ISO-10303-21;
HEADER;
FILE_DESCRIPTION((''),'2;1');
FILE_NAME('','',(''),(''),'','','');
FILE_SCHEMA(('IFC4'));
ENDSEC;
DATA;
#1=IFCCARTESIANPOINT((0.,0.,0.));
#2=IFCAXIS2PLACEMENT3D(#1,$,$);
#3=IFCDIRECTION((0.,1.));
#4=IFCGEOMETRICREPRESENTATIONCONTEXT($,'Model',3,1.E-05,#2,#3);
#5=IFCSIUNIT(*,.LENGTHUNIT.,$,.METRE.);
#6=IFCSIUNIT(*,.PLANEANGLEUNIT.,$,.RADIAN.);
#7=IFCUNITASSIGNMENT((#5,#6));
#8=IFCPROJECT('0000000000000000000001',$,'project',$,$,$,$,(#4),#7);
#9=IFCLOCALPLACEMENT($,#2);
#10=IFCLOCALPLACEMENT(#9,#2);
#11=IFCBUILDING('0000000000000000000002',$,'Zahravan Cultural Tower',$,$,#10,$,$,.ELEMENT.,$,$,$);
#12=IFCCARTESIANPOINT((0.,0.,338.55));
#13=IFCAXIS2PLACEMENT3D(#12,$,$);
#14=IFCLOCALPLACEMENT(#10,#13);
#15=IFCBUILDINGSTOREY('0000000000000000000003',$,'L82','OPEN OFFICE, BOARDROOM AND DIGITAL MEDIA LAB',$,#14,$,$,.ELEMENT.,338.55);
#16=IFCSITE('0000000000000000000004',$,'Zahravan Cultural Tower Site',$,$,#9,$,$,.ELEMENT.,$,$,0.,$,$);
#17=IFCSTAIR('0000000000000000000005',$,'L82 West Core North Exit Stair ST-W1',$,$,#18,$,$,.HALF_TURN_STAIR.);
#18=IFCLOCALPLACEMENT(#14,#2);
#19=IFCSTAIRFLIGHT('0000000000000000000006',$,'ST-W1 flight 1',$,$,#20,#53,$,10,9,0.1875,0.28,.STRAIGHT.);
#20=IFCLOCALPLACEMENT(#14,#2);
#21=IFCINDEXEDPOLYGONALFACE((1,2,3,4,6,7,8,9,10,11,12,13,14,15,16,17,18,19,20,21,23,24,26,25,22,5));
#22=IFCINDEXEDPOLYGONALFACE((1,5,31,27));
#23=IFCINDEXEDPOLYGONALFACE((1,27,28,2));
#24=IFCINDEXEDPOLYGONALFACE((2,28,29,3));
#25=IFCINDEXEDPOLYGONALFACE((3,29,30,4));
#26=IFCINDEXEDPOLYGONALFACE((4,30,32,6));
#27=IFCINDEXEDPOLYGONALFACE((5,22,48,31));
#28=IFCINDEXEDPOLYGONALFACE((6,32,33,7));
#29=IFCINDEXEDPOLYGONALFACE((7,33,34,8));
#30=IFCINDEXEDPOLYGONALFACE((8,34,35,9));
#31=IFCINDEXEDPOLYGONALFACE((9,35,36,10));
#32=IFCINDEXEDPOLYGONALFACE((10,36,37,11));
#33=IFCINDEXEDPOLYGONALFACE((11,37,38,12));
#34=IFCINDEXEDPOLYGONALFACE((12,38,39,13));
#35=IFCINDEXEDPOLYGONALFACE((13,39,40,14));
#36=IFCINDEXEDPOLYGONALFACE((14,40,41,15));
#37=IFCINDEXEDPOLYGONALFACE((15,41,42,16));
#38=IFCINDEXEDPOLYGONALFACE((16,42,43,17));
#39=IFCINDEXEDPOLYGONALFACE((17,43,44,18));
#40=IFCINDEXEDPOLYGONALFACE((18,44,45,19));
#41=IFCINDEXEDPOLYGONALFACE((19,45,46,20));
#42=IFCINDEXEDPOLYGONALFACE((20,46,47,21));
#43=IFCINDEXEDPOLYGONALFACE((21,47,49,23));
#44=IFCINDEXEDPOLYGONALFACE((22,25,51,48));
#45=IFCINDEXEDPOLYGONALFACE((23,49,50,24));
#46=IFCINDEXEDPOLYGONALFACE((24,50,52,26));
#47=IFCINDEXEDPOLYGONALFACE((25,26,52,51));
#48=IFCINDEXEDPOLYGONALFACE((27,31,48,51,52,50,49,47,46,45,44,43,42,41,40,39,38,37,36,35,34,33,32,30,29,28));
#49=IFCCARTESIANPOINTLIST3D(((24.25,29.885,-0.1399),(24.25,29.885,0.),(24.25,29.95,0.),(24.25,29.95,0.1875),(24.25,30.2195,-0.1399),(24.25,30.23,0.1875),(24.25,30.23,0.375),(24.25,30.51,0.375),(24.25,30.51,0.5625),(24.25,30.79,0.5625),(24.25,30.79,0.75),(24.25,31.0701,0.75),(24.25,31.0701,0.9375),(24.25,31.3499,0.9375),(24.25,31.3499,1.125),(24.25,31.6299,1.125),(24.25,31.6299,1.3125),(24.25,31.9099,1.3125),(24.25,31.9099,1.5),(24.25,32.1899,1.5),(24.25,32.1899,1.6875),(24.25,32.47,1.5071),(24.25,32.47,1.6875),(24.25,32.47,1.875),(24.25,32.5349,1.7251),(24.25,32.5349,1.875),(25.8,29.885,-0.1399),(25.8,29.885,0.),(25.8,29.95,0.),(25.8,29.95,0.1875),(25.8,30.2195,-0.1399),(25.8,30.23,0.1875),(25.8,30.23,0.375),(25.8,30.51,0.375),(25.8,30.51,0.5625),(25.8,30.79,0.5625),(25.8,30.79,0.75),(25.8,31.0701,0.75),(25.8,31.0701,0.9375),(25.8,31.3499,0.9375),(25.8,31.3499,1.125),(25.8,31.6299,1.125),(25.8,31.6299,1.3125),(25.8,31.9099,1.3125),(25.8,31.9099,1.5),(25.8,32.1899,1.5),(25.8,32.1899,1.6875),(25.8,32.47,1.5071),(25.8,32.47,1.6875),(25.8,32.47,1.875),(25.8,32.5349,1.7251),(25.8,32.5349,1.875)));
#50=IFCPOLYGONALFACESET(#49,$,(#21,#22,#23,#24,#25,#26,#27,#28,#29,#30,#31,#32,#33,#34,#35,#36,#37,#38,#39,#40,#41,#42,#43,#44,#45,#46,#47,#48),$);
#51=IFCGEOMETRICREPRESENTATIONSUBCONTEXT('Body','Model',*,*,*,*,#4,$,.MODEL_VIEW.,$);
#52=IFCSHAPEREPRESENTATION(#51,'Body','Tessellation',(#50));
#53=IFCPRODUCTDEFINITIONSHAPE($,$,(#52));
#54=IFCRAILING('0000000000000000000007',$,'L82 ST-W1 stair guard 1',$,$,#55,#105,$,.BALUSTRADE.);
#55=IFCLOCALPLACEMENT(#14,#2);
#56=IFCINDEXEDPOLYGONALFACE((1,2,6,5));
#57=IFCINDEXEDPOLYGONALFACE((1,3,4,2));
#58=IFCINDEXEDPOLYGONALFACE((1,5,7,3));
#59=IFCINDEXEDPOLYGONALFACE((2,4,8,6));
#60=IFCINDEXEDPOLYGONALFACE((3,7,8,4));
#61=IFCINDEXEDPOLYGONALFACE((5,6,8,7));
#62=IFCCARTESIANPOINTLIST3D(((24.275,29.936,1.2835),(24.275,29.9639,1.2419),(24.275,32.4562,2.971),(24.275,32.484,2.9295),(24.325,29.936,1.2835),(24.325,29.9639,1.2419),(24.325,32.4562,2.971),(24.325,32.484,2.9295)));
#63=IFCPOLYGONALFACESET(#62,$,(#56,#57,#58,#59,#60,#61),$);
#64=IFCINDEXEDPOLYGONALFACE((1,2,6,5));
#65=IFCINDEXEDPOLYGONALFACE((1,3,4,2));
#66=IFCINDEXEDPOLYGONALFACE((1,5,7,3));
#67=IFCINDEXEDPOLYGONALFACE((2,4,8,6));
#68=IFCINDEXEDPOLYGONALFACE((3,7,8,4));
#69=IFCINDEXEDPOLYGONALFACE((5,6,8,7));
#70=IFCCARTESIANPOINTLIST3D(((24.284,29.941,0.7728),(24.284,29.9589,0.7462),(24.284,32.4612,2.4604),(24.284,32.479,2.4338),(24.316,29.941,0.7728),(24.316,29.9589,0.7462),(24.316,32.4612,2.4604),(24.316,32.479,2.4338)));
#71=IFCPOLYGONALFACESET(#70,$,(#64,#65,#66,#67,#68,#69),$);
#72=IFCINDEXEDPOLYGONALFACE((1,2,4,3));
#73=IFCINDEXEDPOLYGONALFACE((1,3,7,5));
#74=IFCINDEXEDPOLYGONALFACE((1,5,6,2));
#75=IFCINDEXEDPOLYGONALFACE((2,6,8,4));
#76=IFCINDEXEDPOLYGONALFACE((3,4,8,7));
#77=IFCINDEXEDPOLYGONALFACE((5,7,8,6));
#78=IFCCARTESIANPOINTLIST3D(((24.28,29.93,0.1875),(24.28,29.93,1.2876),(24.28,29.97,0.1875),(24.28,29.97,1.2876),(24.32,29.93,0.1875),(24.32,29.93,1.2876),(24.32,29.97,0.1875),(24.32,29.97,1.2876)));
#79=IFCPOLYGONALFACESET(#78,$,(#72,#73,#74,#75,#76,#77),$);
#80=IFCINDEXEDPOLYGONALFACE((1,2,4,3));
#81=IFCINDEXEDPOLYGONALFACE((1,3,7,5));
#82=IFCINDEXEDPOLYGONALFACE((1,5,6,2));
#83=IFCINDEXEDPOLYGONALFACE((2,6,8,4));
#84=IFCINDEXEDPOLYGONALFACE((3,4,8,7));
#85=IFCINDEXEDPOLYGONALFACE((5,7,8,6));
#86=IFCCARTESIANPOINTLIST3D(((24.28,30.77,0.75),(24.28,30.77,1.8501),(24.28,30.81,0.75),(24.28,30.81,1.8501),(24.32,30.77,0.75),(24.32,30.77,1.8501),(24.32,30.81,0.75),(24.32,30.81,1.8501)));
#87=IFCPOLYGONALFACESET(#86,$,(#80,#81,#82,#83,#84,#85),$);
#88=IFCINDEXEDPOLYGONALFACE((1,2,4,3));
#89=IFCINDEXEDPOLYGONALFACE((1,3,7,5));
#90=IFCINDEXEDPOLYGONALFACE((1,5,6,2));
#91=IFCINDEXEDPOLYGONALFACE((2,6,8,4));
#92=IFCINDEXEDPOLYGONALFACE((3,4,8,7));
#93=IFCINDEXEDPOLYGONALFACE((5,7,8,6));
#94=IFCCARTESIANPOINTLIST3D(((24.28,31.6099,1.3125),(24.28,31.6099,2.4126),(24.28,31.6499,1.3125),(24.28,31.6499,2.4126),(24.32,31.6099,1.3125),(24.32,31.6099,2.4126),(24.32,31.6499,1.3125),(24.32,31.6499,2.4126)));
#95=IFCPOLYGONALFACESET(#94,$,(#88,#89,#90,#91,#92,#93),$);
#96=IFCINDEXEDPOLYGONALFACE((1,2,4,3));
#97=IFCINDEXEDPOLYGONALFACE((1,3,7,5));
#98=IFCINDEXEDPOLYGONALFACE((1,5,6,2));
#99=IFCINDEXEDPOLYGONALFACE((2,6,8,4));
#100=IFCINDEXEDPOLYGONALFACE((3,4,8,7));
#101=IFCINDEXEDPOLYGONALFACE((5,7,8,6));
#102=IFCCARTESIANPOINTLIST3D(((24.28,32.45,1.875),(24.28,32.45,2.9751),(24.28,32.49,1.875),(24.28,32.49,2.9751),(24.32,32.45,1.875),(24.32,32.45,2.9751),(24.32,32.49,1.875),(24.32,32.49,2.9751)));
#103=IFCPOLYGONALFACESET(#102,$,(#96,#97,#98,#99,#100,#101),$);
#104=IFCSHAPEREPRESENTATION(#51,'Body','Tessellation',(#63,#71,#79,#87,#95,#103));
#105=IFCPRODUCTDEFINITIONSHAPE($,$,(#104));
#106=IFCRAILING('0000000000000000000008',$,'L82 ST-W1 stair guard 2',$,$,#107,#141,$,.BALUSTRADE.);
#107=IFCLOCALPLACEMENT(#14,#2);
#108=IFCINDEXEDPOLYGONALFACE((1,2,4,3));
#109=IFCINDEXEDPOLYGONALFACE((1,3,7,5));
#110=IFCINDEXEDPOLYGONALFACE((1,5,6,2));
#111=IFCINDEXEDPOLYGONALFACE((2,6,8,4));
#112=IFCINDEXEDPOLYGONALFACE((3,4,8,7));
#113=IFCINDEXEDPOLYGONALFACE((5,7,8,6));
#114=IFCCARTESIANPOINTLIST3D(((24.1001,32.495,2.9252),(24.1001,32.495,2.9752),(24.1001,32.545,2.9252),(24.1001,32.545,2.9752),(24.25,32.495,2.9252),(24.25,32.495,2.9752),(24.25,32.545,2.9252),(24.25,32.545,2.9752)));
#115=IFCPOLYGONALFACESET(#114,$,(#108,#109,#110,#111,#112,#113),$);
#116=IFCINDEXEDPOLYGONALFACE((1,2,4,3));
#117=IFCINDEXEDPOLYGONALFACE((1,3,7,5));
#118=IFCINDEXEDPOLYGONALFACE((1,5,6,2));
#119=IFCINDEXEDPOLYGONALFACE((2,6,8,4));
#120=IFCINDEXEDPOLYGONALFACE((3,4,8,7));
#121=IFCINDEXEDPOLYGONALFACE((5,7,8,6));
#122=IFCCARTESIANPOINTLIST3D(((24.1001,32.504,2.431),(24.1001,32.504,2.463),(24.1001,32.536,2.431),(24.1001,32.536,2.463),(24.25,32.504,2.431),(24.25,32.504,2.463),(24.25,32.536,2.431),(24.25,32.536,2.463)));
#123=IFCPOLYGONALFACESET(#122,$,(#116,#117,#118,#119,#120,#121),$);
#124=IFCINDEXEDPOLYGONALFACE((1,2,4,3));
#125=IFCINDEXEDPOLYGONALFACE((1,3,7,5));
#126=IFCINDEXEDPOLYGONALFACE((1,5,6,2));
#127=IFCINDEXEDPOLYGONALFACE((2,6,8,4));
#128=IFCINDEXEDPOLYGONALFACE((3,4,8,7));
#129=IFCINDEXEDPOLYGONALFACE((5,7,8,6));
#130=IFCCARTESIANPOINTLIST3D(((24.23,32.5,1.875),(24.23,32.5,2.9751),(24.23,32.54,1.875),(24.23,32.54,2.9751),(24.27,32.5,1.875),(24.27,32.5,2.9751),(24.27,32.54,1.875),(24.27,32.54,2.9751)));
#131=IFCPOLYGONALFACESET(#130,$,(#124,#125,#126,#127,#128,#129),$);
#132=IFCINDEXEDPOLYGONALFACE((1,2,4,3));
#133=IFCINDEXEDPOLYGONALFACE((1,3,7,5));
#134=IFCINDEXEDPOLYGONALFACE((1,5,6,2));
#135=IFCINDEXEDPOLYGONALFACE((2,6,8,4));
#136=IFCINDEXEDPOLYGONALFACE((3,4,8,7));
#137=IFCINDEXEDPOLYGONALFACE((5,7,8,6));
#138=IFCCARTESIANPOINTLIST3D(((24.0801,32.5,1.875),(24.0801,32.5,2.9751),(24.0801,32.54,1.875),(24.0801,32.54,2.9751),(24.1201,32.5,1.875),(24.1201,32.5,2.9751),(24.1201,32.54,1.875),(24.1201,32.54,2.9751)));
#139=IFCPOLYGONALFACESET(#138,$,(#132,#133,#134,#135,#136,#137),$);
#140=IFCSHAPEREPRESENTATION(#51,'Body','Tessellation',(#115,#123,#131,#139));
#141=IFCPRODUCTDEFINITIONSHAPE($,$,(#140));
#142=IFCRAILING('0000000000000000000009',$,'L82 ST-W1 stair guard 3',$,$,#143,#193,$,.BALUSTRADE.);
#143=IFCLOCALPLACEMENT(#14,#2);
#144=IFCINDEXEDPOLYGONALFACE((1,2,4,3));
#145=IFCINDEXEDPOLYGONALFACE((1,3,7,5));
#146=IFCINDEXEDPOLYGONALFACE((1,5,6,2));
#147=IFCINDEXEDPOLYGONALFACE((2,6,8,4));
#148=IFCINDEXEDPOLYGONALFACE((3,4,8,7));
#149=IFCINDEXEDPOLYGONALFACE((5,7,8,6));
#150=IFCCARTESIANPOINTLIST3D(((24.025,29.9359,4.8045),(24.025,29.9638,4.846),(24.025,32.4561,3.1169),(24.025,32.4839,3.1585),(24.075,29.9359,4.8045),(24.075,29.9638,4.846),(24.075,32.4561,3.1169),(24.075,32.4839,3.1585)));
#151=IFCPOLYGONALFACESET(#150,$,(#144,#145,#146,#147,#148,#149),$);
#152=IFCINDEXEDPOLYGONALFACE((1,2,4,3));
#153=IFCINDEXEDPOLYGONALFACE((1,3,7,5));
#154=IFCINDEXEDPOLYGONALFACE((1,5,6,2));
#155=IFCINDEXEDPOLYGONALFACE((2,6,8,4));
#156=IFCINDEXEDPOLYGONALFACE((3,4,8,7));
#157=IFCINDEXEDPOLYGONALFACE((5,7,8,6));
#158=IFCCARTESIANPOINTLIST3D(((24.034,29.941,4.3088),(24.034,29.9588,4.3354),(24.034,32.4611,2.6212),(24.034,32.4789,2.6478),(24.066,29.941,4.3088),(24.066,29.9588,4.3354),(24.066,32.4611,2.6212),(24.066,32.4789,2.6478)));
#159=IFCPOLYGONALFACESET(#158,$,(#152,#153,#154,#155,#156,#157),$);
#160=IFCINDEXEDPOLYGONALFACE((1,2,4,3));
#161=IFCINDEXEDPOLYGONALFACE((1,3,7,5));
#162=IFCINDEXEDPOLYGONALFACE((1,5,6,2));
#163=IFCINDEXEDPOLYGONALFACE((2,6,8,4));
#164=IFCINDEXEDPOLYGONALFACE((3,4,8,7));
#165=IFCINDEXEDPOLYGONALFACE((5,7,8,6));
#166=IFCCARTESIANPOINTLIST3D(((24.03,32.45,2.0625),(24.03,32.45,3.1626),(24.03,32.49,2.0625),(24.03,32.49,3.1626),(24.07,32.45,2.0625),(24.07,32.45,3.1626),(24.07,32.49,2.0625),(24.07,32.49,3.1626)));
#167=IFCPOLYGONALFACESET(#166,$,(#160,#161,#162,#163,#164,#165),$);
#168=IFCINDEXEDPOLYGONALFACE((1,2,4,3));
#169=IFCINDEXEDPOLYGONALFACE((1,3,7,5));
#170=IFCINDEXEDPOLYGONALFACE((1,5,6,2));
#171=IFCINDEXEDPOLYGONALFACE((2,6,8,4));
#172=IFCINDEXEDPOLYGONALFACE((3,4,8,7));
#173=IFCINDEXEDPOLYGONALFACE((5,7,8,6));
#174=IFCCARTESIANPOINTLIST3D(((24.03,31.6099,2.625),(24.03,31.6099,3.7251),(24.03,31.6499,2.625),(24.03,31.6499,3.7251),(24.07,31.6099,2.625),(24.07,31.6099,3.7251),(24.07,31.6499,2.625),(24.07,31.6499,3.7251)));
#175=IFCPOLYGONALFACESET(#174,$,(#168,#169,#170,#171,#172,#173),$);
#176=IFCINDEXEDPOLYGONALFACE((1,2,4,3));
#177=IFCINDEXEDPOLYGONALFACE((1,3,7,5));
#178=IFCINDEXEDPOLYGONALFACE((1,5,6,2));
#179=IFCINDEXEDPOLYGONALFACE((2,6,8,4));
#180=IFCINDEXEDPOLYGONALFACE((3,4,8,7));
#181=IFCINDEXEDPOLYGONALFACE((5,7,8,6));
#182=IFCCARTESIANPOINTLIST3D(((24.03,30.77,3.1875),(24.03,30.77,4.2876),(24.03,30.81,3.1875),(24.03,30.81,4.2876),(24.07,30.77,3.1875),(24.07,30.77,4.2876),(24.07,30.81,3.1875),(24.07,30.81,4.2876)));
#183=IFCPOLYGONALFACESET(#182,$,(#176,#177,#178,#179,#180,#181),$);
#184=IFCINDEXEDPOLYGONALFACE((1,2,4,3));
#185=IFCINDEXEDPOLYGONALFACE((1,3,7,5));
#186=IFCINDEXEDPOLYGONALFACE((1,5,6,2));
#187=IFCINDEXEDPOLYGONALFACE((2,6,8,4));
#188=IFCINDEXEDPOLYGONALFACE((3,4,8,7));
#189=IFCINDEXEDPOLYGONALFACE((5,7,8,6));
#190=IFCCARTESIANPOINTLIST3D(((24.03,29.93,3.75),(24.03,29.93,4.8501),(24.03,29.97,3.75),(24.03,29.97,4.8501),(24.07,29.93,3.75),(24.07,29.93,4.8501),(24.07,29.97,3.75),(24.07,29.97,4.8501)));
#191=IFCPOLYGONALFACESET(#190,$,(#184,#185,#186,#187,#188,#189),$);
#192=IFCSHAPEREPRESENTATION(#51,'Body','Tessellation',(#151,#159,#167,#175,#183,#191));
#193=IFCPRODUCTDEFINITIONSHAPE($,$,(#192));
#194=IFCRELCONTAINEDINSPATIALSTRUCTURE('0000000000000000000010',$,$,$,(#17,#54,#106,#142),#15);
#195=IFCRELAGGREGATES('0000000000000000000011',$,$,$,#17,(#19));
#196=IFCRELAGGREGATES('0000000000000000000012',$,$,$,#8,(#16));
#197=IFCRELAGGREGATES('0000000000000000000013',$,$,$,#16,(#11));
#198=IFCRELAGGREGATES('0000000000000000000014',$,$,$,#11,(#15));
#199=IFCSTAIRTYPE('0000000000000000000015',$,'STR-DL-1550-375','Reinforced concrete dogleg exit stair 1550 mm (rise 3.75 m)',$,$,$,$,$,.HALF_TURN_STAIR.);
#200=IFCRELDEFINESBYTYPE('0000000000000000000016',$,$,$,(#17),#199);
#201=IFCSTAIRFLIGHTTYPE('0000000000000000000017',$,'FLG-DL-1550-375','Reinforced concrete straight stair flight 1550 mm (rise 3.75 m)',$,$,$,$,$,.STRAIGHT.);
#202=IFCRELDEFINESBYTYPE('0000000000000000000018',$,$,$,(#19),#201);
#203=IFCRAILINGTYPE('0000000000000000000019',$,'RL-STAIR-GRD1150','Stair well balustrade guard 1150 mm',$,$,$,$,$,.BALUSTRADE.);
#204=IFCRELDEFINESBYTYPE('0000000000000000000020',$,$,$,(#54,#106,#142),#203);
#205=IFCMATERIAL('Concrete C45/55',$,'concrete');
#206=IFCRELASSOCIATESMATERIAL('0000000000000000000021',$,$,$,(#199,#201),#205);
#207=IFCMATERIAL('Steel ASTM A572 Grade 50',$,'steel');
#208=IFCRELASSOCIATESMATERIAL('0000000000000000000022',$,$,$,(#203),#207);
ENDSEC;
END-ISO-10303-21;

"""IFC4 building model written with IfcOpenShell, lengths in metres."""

from ifc_helpers import new_model, si_unit, direction, frame, origin, origin_2d, place, context, subcontext, project, spatial, polyline, rectangle, outline, extrude, material, type_object, element, aggregate, save


model = new_model("IFC4")

# Units and contexts
model_context = context("Model", 3, precision=1e-05, world=origin(), true_north=direction((0.0, 1.0)))
body_context = subcontext(model_context, "Body", "Model", "MODEL_VIEW")
ifc_project = project(units=[si_unit("LENGTHUNIT", "METRE"), si_unit("PLANEANGLEUNIT", "RADIAN")], contexts=[model_context])

# Site, building, storey
site_placement = place(None, origin())
site = spatial("IfcSite", under=ifc_project, at=site_placement, Name="Zahravan Cultural Tower Site", CompositionType="ELEMENT", RefElevation=0.0)
building_placement = place(site_placement, origin())
building = spatial("IfcBuilding", under=site, at=building_placement, Name="Zahravan Cultural Tower", CompositionType="ELEMENT")
storey_placement = place(building_placement, frame((0.0, 0.0, 338.55)))
storey = spatial("IfcBuildingStorey", under=building, at=storey_placement, Name="L82", Description="OPEN OFFICE, BOARDROOM AND DIGITAL MEDIA LAB", CompositionType="ELEMENT", Elevation=338.55)

# Shared definitions
ifc_material_1 = material(Name="Steel ASTM A572 Grade 50", Category="steel")
ifc_material_2 = material(Name="Concrete C45/55", Category="concrete")

# Stair, stair flight
stair_type = type_object("IfcStairType", Name="STR-DL-1550-375", Description="Reinforced concrete dogleg exit stair 1550 mm (rise 3.75 m)", PredefinedType="HALF_TURN_STAIR", material=ifc_material_2)
stair_placement = place(storey_placement, origin())
stair = element("IfcStair", 1, at=stair_placement, inside=storey, type_object=stair_type, Name="L82 West Core North Exit Stair ST-W1", PredefinedType="HALF_TURN_STAIR")
stair_flight_type = type_object("IfcStairFlightType", Name="FLG-DL-1550-375", Description="Reinforced concrete straight stair flight 1550 mm (rise 3.75 m)", PredefinedType="STRAIGHT", material=ifc_material_2)
stair_flight_placement = place(storey_placement, frame((25.0249, 29.95, 0.0), z_axis=(0.0, 0.0, 1.0), x_axis=(0.0, 1.0, 0.0)))
stair_flight = element("IfcStairFlight", 2, at=stair_flight_placement, type_object=stair_flight_type, Name="ST-W1 flight 1", NumberOfRisers=10, NumberOfTreads=9, PredefinedType="STRAIGHT", RiserHeight=0.1875, TreadLength=0.28, context=body_context, shape_type="SweptSolid", body=[
    extrude(outline(polyline([(-0.0649, -0.1399), (-0.0649, 0.0), (0.0, 0.0), (0.0, 0.1875), (0.28, 0.1875), (0.28, 0.375), (0.5601, 0.375), (0.5601, 0.5625), (0.8401, 0.5625), (0.8401, 0.75), (1.1201, 0.75), (1.1201, 0.9375), (1.3999, 0.9375), (1.3999, 1.125), (1.6799, 1.125), (1.6799, 1.3125), (1.96, 1.3125), (1.96, 1.5), (2.24, 1.5), (2.24, 1.6875), (2.52, 1.6875), (2.52, 1.875), (2.585, 1.875), (2.585, 1.7251), (2.52, 1.5071), (0.2695, -0.1399), (-0.0649, -0.1399)])), frame((0.0, 0.7749, 0.0), z_axis=(0.0, -1.0, 0.0), x_axis=(1.0, 0.0, 0.0)), (0.0, 0.0, 1.0), 1.55),
])
aggregate(stair, [stair_flight])

# Railings
railing_type_1 = type_object("IfcRailingType", Name="RL-STAIR-GRD1150", Description="Stair well balustrade guard 1150 mm", PredefinedType="BALUSTRADE", material=ifc_material_1)
railing_1_placement = place(storey_placement, frame((24.3, 29.95, 0.1875)))
element("IfcRailing", 3, at=railing_1_placement, inside=storey, type_object=railing_type_1, Name="L82 ST-W1 stair guard 1", PredefinedType="BALUSTRADE", context=body_context, shape_type="SweptSolid", body=[
    extrude(rectangle(XDim=0.05, YDim=0.05, at=origin_2d()), frame((0.0, 0.0, 1.0752), z_axis=(0.0, 0.830909, 0.556408), x_axis=(-1.0, 0.0, 0.0)), (0.0, 0.0, 1.0), 3.033),
    extrude(rectangle(XDim=0.032, YDim=0.032, at=origin_2d()), frame((0.0, 0.0, 0.572), z_axis=(0.0, 0.830909, 0.556408), x_axis=(-1.0, 0.0, 0.0)), (0.0, 0.0, 1.0), 3.033),
    extrude(rectangle(XDim=0.04, YDim=0.04, at=origin_2d()), origin(), (0.0, 0.0, 1.0), 1.1001),
    extrude(rectangle(XDim=0.04, YDim=0.04, at=origin_2d()), frame((0.0, 0.8401, 0.5625)), (0.0, 0.0, 1.0), 1.1001),
    extrude(rectangle(XDim=0.04, YDim=0.04, at=origin_2d()), frame((0.0, 1.6799, 1.125)), (0.0, 0.0, 1.0), 1.1001),
    extrude(rectangle(XDim=0.04, YDim=0.04, at=origin_2d()), frame((0.0, 2.52, 1.6875)), (0.0, 0.0, 1.0), 1.1001),
])
railing_2_placement = place(storey_placement, frame((24.25, 32.52, 1.875)))
element("IfcRailing", 4, at=railing_2_placement, inside=storey, type_object=railing_type_1, Name="L82 ST-W1 stair guard 2", PredefinedType="BALUSTRADE", context=body_context, shape_type="SweptSolid", body=[
    extrude(rectangle(XDim=0.05, YDim=0.05, at=origin_2d()), frame((0.0, 0.0, 1.0752), z_axis=(-1.0, 0.0, 0.0), x_axis=(0.0, -1.0, 0.0)), (0.0, 0.0, 1.0), 0.1499),
    extrude(rectangle(XDim=0.032, YDim=0.032, at=origin_2d()), frame((0.0, 0.0, 0.572), z_axis=(-1.0, 0.0, 0.0), x_axis=(0.0, -1.0, 0.0)), (0.0, 0.0, 1.0), 0.1499),
    extrude(rectangle(XDim=0.04, YDim=0.04, at=origin_2d()), origin(), (0.0, 0.0, 1.0), 1.1001),
    extrude(rectangle(XDim=0.04, YDim=0.04, at=origin_2d()), frame((-0.1499, 0.0, 0.0)), (0.0, 0.0, 1.0), 1.1001),
])
railing_3_placement = place(storey_placement, frame((24.05, 32.47, 2.0625)))
element("IfcRailing", 5, at=railing_3_placement, inside=storey, type_object=railing_type_1, Name="L82 ST-W1 stair guard 3", PredefinedType="BALUSTRADE", context=body_context, shape_type="SweptSolid", body=[
    extrude(rectangle(XDim=0.05, YDim=0.05, at=origin_2d()), frame((0.0, 0.0, 1.0752), z_axis=(0.0, -0.830909, 0.556408), x_axis=(1.0, 0.0, 0.0)), (0.0, 0.0, 1.0), 3.033),
    extrude(rectangle(XDim=0.032, YDim=0.032, at=origin_2d()), frame((0.0, 0.0, 0.572), z_axis=(0.0, -0.830909, 0.556408), x_axis=(1.0, 0.0, 0.0)), (0.0, 0.0, 1.0), 3.033),
    extrude(rectangle(XDim=0.04, YDim=0.04, at=origin_2d()), origin(), (0.0, 0.0, 1.0), 1.1001),
    extrude(rectangle(XDim=0.04, YDim=0.04, at=origin_2d()), frame((0.0, -0.8401, 0.5625)), (0.0, 0.0, 1.0), 1.1001),
    extrude(rectangle(XDim=0.04, YDim=0.04, at=origin_2d()), frame((0.0, -1.6799, 1.125)), (0.0, 0.0, 1.0), 1.1001),
    extrude(rectangle(XDim=0.04, YDim=0.04, at=origin_2d()), frame((0.0, -2.52, 1.6875)), (0.0, 0.0, 1.0), 1.1001),
])

save(model, "model.ifc")
